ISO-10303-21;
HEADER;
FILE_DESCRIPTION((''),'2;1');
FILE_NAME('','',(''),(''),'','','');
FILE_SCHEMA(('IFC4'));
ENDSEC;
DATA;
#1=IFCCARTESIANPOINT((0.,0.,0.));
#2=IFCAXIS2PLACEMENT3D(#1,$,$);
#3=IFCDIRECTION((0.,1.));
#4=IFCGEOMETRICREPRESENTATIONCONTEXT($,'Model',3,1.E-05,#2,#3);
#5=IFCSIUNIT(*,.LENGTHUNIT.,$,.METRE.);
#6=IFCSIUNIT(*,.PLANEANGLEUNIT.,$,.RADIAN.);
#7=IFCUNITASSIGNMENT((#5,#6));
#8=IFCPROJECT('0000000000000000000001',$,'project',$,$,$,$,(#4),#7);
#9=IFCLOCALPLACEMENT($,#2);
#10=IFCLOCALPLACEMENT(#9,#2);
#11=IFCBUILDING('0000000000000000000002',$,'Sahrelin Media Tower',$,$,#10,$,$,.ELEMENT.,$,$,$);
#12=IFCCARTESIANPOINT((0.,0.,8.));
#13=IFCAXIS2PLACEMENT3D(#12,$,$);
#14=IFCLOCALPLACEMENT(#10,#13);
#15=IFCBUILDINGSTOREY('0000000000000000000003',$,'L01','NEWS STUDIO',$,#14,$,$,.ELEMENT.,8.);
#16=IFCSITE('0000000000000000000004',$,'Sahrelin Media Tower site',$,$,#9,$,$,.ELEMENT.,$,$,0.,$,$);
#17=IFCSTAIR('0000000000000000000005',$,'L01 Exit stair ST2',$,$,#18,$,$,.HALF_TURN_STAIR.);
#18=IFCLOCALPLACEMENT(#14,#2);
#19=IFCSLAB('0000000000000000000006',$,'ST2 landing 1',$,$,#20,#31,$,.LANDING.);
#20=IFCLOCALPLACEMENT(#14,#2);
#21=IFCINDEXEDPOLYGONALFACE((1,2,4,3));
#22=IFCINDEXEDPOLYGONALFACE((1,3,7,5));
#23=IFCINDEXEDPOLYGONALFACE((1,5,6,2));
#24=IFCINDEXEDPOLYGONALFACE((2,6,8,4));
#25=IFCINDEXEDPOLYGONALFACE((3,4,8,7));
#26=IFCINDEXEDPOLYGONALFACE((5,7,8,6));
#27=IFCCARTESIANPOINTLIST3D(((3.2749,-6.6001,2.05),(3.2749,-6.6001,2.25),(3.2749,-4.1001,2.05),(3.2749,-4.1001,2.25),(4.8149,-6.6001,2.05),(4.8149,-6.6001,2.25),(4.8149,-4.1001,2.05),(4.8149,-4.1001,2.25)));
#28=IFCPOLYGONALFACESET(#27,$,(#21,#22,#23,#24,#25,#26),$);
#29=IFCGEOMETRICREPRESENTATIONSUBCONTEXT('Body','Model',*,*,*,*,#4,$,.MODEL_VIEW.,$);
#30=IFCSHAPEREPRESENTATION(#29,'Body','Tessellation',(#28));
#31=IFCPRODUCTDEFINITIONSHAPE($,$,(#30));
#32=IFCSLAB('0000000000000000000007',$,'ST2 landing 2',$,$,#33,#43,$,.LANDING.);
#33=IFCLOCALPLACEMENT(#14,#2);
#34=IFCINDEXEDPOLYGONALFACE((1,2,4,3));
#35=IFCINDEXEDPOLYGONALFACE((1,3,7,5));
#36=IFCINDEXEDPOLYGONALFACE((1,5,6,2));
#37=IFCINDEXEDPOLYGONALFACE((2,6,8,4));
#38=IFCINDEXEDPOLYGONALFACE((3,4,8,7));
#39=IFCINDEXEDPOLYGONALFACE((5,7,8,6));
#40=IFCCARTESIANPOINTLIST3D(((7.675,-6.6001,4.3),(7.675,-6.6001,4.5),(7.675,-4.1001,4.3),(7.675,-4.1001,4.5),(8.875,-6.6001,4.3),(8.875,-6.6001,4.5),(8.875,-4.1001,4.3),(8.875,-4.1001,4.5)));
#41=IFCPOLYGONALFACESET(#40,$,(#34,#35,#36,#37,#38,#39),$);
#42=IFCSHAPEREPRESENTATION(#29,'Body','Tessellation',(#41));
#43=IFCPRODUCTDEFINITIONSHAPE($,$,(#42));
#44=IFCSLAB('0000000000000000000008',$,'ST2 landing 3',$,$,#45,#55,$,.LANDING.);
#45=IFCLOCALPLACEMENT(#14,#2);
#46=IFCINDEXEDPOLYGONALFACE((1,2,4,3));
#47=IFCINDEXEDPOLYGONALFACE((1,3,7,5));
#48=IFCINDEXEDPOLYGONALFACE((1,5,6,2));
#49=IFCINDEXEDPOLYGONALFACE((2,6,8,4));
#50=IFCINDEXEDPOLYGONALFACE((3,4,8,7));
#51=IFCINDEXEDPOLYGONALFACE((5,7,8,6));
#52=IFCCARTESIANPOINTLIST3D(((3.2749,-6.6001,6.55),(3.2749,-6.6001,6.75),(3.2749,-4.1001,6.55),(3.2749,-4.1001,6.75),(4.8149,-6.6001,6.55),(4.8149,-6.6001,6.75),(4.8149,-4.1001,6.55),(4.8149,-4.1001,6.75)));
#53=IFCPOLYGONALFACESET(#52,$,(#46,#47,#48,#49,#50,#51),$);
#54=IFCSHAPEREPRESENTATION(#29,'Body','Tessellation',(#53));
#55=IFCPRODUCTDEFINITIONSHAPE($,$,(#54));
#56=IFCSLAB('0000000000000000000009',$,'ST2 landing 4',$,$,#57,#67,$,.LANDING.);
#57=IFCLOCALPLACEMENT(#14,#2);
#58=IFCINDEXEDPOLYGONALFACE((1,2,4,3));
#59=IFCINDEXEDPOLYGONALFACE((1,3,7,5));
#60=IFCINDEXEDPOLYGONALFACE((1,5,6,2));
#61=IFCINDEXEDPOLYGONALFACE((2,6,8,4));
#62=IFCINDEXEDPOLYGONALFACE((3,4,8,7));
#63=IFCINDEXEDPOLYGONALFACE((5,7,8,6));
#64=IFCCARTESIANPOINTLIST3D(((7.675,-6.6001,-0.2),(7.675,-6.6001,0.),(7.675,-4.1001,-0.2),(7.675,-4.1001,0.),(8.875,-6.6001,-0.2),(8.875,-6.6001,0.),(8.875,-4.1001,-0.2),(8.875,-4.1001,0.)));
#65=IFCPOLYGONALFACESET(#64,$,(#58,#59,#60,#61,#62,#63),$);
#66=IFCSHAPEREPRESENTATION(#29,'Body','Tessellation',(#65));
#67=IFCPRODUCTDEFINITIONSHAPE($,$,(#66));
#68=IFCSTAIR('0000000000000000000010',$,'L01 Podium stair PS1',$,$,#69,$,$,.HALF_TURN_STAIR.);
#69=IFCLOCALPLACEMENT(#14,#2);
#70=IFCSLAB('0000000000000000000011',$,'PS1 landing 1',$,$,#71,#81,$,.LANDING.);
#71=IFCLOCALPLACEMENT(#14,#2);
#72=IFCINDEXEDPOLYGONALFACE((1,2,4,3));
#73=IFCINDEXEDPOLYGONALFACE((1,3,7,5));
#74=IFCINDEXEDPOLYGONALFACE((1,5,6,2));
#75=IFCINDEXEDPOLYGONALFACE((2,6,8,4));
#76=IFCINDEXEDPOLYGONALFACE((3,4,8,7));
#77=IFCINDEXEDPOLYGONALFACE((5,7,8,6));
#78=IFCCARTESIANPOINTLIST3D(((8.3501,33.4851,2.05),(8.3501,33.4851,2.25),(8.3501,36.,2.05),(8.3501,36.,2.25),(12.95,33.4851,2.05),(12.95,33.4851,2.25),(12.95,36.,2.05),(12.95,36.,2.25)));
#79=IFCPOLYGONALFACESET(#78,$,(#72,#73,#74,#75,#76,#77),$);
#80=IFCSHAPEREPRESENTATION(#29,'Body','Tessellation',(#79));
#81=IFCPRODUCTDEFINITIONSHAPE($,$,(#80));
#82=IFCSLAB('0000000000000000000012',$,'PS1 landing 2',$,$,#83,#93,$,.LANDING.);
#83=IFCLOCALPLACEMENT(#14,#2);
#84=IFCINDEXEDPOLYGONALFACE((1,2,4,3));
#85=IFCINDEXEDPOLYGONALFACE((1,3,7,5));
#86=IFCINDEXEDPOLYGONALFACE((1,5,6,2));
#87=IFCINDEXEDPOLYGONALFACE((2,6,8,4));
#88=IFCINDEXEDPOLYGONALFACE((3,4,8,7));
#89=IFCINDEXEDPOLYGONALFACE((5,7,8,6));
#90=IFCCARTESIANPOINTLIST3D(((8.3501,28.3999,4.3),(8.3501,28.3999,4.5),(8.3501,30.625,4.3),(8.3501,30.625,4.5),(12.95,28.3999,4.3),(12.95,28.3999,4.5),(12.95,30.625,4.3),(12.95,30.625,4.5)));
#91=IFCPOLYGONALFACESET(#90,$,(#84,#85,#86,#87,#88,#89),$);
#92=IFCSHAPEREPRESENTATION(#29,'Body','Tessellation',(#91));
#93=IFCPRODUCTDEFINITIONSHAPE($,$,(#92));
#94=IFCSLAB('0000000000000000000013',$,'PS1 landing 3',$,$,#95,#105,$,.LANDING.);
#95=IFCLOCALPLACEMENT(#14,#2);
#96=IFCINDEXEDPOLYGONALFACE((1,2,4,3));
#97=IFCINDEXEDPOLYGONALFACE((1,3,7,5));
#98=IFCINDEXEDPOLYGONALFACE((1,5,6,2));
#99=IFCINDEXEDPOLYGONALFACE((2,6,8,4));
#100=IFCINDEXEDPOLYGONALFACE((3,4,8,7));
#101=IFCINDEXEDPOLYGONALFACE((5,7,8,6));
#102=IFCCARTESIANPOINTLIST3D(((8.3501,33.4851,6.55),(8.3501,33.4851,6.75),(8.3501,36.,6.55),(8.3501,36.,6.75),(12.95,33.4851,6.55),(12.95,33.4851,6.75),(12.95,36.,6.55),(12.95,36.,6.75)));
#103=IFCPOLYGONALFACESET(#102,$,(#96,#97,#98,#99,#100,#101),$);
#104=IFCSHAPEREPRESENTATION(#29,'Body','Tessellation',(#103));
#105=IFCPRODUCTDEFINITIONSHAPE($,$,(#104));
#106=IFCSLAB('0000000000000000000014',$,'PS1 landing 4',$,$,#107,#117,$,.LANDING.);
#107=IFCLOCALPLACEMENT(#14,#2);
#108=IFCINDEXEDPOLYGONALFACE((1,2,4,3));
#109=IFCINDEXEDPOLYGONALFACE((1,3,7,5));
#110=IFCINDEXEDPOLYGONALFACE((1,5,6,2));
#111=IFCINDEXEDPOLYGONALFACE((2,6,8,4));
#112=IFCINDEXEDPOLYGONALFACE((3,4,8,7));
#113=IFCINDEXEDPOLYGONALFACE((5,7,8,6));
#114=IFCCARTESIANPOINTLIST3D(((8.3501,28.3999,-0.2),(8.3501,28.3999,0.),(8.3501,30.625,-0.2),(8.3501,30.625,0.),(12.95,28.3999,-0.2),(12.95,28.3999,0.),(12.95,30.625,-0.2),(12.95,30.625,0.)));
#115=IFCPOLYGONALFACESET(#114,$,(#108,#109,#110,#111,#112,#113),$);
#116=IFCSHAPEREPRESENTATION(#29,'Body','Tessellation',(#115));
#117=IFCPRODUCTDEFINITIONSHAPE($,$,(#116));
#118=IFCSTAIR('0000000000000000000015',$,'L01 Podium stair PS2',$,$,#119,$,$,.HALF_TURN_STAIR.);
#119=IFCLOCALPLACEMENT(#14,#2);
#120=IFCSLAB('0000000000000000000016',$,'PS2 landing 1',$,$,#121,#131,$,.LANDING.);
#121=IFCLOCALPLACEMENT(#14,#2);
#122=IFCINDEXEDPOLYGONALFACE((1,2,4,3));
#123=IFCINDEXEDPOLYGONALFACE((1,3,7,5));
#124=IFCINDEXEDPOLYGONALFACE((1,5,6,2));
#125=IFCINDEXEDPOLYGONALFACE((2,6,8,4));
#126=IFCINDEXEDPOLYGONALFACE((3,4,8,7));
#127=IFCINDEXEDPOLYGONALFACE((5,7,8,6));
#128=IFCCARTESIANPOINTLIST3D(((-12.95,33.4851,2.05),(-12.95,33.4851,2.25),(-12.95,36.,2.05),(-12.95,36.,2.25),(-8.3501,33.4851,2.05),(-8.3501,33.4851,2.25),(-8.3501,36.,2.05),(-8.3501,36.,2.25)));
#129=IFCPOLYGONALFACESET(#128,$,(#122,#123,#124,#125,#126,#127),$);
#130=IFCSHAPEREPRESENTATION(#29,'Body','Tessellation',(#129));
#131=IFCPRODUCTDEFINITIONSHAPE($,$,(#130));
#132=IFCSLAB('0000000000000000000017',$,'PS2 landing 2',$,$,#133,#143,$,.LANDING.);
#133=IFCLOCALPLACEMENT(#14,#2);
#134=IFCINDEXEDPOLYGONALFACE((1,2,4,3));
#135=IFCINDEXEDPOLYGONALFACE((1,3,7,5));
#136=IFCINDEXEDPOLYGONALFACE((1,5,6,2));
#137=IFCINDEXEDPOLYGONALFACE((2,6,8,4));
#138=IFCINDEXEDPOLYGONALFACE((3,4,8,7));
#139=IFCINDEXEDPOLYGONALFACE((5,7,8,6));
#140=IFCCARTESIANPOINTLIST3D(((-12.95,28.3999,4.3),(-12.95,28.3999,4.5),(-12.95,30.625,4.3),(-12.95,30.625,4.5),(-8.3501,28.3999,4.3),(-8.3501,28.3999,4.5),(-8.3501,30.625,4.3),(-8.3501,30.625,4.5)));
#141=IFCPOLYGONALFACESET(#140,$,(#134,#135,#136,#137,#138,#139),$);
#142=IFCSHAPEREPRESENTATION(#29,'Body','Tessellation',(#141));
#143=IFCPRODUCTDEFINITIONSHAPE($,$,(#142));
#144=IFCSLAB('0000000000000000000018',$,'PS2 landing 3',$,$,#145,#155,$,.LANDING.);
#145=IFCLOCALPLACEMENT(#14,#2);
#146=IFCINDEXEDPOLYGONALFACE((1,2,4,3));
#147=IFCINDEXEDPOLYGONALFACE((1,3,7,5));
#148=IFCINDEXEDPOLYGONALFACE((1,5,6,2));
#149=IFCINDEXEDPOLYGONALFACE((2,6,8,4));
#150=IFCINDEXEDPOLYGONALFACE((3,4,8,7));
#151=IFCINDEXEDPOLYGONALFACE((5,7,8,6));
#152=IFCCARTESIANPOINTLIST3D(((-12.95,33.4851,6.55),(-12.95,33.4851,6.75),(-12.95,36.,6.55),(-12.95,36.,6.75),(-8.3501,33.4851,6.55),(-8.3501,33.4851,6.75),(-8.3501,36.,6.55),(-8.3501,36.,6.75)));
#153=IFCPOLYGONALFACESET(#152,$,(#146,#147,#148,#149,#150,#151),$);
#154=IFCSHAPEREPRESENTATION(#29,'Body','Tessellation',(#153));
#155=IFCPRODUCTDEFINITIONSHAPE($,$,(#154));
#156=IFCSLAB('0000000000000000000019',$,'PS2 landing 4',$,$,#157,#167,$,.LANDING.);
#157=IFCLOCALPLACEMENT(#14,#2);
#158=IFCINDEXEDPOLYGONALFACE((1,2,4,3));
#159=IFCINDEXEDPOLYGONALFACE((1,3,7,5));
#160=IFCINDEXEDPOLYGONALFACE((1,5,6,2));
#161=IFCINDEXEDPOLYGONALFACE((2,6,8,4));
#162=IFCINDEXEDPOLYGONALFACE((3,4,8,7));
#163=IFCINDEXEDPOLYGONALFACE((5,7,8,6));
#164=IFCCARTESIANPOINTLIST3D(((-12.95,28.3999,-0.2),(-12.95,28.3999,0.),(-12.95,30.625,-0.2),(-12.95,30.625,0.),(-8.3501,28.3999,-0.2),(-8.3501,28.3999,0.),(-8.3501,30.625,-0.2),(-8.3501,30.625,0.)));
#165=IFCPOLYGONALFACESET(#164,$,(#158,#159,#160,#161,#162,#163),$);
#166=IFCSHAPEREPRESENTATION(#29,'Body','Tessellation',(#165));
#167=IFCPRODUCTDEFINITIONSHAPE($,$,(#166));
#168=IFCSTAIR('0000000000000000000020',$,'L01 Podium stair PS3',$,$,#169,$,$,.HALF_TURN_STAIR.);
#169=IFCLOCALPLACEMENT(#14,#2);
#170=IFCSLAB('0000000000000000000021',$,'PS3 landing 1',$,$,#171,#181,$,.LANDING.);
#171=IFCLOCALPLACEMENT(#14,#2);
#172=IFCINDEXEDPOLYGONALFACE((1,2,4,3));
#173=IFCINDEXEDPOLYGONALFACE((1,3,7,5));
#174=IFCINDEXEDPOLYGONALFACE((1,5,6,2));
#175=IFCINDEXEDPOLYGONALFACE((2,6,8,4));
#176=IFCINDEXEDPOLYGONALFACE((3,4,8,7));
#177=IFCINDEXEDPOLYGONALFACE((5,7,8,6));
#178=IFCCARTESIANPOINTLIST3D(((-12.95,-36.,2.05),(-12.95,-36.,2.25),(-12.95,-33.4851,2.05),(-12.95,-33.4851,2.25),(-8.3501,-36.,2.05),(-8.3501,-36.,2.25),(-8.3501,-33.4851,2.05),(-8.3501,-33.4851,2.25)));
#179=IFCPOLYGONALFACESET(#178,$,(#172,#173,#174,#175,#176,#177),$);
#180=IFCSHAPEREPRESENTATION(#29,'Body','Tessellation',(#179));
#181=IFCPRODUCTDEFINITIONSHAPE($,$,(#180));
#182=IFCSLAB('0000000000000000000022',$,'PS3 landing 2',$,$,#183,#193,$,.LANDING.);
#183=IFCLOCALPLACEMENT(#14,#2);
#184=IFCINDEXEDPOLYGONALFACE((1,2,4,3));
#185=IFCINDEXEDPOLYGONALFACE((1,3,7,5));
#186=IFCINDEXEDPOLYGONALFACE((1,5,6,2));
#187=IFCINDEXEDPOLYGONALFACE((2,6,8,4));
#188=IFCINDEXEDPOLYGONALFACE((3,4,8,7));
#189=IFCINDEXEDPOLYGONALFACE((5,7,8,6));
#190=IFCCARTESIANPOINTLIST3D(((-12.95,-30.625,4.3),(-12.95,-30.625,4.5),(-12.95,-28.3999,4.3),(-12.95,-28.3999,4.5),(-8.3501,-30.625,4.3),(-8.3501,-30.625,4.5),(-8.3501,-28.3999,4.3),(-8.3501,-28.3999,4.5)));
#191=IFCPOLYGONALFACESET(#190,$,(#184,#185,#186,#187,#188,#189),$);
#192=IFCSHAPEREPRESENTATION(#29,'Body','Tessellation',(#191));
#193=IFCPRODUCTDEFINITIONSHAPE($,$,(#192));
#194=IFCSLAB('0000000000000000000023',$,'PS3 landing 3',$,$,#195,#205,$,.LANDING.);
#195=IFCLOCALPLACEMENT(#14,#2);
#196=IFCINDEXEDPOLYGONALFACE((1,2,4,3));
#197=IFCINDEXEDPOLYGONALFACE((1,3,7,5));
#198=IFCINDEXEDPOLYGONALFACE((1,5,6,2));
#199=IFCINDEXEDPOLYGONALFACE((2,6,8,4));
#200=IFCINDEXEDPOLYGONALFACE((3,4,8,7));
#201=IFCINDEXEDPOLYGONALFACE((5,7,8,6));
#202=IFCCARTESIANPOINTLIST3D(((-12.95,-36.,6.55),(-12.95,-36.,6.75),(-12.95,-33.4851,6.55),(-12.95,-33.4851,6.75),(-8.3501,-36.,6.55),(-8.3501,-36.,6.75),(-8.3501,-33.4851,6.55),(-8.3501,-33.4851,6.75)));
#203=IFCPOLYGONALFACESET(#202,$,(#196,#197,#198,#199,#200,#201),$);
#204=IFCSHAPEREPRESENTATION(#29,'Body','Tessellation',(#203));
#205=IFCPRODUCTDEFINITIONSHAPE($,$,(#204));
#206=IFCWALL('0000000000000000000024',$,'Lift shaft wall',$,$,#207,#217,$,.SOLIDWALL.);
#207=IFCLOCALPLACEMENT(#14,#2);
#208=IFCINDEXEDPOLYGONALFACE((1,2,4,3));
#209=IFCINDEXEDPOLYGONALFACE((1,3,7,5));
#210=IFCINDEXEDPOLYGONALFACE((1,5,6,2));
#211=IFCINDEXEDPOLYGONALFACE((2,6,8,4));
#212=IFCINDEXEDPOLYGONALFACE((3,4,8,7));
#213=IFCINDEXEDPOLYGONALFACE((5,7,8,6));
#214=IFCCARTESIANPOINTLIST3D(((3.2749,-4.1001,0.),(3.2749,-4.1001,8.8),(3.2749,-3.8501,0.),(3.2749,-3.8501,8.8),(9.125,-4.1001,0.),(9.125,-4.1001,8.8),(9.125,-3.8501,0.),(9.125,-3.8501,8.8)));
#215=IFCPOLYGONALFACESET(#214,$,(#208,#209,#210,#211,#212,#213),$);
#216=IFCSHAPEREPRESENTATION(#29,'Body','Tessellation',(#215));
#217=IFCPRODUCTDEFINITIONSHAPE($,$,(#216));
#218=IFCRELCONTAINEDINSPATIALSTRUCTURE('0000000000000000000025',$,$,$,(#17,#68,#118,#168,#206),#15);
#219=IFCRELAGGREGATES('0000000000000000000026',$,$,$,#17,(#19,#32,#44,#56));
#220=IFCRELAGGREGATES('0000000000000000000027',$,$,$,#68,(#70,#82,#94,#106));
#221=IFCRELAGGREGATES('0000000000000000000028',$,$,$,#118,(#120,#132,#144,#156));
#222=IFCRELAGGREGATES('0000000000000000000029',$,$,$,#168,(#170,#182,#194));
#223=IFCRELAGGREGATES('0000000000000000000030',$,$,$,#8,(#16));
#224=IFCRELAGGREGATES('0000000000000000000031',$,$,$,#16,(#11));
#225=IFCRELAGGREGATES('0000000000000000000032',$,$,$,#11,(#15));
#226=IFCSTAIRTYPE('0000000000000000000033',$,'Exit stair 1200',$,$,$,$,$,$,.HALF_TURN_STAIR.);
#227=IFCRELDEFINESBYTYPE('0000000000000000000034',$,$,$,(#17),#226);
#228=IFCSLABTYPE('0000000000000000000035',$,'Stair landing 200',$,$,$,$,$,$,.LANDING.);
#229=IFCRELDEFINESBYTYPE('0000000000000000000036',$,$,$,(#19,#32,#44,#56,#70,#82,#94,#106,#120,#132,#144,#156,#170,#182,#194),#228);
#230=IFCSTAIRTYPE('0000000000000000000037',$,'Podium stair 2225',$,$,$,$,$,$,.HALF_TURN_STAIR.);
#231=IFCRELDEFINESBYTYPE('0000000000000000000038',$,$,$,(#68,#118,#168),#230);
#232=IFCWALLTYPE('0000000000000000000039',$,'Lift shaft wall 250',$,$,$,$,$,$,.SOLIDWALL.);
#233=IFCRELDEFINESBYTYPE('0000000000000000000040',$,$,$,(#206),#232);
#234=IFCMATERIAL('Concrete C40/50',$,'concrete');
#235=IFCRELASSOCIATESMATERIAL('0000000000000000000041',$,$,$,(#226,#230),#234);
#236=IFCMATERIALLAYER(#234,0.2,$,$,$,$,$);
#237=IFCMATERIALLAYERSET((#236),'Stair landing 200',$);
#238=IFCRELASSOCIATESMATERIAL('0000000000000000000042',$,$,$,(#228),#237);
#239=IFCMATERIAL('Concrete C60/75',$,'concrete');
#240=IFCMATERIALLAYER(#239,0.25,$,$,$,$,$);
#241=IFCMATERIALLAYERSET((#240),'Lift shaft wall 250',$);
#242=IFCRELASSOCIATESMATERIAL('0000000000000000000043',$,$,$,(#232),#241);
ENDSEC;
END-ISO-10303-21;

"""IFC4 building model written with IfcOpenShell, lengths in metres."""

from ifc_helpers import new_model, si_unit, direction, frame, frame_2d, origin, place, context, subcontext, project, spatial, polyline, rectangle, outline, extrude, material, layer, layer_set, type_object, element, aggregate, save


model = new_model("IFC4")

# Units and contexts
model_context = context("Model", 3, precision=1e-05, world=origin(), true_north=direction((0.0, 1.0)))
body_context = subcontext(model_context, "Body", "Model", "MODEL_VIEW")
ifc_project = project(units=[si_unit("LENGTHUNIT", "METRE"), si_unit("PLANEANGLEUNIT", "RADIAN")], contexts=[model_context])

# Site, building, storey
site_placement = place(None, origin())
site = spatial("IfcSite", under=ifc_project, at=site_placement, Name="Sahrelin Media Tower site", CompositionType="ELEMENT", RefElevation=0.0)
building_placement = place(site_placement, origin())
building = spatial("IfcBuilding", under=site, at=building_placement, Name="Sahrelin Media Tower", CompositionType="ELEMENT")
storey_placement = place(building_placement, frame((0.0, 0.0, 8.0)))
storey = spatial("IfcBuildingStorey", under=building, at=storey_placement, Name="L01", Description="NEWS STUDIO", CompositionType="ELEMENT", Elevation=8.0)

# Stairs, slabs
ifc_material_1 = material(Name="Concrete C40/50", Category="concrete")
stair_type_1 = type_object("IfcStairType", Name="Exit stair 1200", PredefinedType="HALF_TURN_STAIR", material=ifc_material_1)
placement_1 = place(storey_placement, origin())
stair_1 = element("IfcStair", 1, at=placement_1, inside=storey, type_object=stair_type_1, Name="L01 Exit stair ST2", PredefinedType="HALF_TURN_STAIR")
ifc_layer_1 = layer(ifc_material_1, 0.2)
ifc_layer_set_1 = layer_set([ifc_layer_1], Name="Stair landing 200")
slab_type = type_object("IfcSlabType", Name="Stair landing 200", PredefinedType="LANDING", material=ifc_layer_set_1)
placement_2 = place(storey_placement, frame((0.0, 0.0, 2.05)))
slab_1 = element("IfcSlab", 2, at=placement_2, type_object=slab_type, Name="ST2 landing 1", PredefinedType="LANDING", context=body_context, shape_type="SweptSolid", body=[
    extrude(outline(polyline([(4.8149, -4.1001), (3.2749, -4.1001), (3.2749, -6.6001), (4.8149, -6.6001), (4.8149, -4.1001)])), origin(), (0.0, 0.0, 1.0), 0.2),
])
placement_3 = place(storey_placement, frame((0.0, 0.0, 4.3)))
slab_2 = element("IfcSlab", 3, at=placement_3, type_object=slab_type, Name="ST2 landing 2", PredefinedType="LANDING", context=body_context, shape_type="SweptSolid", body=[
    extrude(outline(polyline([(8.875, -4.1001), (7.675, -4.1001), (7.675, -6.6001), (8.875, -6.6001), (8.875, -4.1001)])), origin(), (0.0, 0.0, 1.0), 0.2),
])
placement_4 = place(storey_placement, frame((0.0, 0.0, 6.55)))
slab_3 = element("IfcSlab", 4, at=placement_4, type_object=slab_type, Name="ST2 landing 3", PredefinedType="LANDING", context=body_context, shape_type="SweptSolid", body=[
    extrude(outline(polyline([(4.8149, -4.1001), (3.2749, -4.1001), (3.2749, -6.6001), (4.8149, -6.6001), (4.8149, -4.1001)])), origin(), (0.0, 0.0, 1.0), 0.2),
])
placement_5 = place(storey_placement, frame((0.0, 0.0, -0.2)))
slab_4 = element("IfcSlab", 5, at=placement_5, type_object=slab_type, Name="ST2 landing 4", PredefinedType="LANDING", context=body_context, shape_type="SweptSolid", body=[
    extrude(outline(polyline([(8.875, -4.1001), (7.675, -4.1001), (7.675, -6.6001), (8.875, -6.6001), (8.875, -4.1001)])), origin(), (0.0, 0.0, 1.0), 0.2),
])
aggregate(stair_1, [slab_1, slab_2, slab_3, slab_4])
stair_type_2 = type_object("IfcStairType", Name="Podium stair 2225", PredefinedType="HALF_TURN_STAIR", material=ifc_material_1)
stair_2 = element("IfcStair", 6, at=placement_1, inside=storey, type_object=stair_type_2, Name="L01 Podium stair PS1", PredefinedType="HALF_TURN_STAIR")
slab_5 = element("IfcSlab", 7, at=placement_2, type_object=slab_type, Name="PS1 landing 1", PredefinedType="LANDING", context=body_context, shape_type="SweptSolid", body=[
    extrude(outline(polyline([(12.95, 33.4851), (12.95, 36.0), (8.3501, 36.0), (8.3501, 33.4851), (12.95, 33.4851)])), origin(), (0.0, 0.0, 1.0), 0.2),
])
slab_6 = element("IfcSlab", 8, at=placement_3, type_object=slab_type, Name="PS1 landing 2", PredefinedType="LANDING", context=body_context, shape_type="SweptSolid", body=[
    extrude(outline(polyline([(12.95, 28.3999), (12.95, 30.625), (8.3501, 30.625), (8.3501, 28.3999), (12.95, 28.3999)])), origin(), (0.0, 0.0, 1.0), 0.2),
])
slab_7 = element("IfcSlab", 9, at=placement_4, type_object=slab_type, Name="PS1 landing 3", PredefinedType="LANDING", context=body_context, shape_type="SweptSolid", body=[
    extrude(outline(polyline([(12.95, 33.4851), (12.95, 36.0), (8.3501, 36.0), (8.3501, 33.4851), (12.95, 33.4851)])), origin(), (0.0, 0.0, 1.0), 0.2),
])
slab_8 = element("IfcSlab", 10, at=placement_5, type_object=slab_type, Name="PS1 landing 4", PredefinedType="LANDING", context=body_context, shape_type="SweptSolid", body=[
    extrude(outline(polyline([(12.95, 28.3999), (12.95, 30.625), (8.3501, 30.625), (8.3501, 28.3999), (12.95, 28.3999)])), origin(), (0.0, 0.0, 1.0), 0.2),
])
aggregate(stair_2, [slab_5, slab_6, slab_7, slab_8])
stair_3 = element("IfcStair", 11, at=placement_1, inside=storey, type_object=stair_type_2, Name="L01 Podium stair PS2", PredefinedType="HALF_TURN_STAIR")
slab_9 = element("IfcSlab", 12, at=placement_2, type_object=slab_type, Name="PS2 landing 1", PredefinedType="LANDING", context=body_context, shape_type="SweptSolid", body=[
    extrude(outline(polyline([(-8.3501, 33.4851), (-8.3501, 36.0), (-12.95, 36.0), (-12.95, 33.4851), (-8.3501, 33.4851)])), origin(), (0.0, 0.0, 1.0), 0.2),
])
slab_10 = element("IfcSlab", 13, at=placement_3, type_object=slab_type, Name="PS2 landing 2", PredefinedType="LANDING", context=body_context, shape_type="SweptSolid", body=[
    extrude(outline(polyline([(-8.3501, 28.3999), (-8.3501, 30.625), (-12.95, 30.625), (-12.95, 28.3999), (-8.3501, 28.3999)])), origin(), (0.0, 0.0, 1.0), 0.2),
])
slab_11 = element("IfcSlab", 14, at=placement_4, type_object=slab_type, Name="PS2 landing 3", PredefinedType="LANDING", context=body_context, shape_type="SweptSolid", body=[
    extrude(outline(polyline([(-8.3501, 33.4851), (-8.3501, 36.0), (-12.95, 36.0), (-12.95, 33.4851), (-8.3501, 33.4851)])), origin(), (0.0, 0.0, 1.0), 0.2),
])
slab_12 = element("IfcSlab", 15, at=placement_5, type_object=slab_type, Name="PS2 landing 4", PredefinedType="LANDING", context=body_context, shape_type="SweptSolid", body=[
    extrude(outline(polyline([(-8.3501, 28.3999), (-8.3501, 30.625), (-12.95, 30.625), (-12.95, 28.3999), (-8.3501, 28.3999)])), origin(), (0.0, 0.0, 1.0), 0.2),
])
aggregate(stair_3, [slab_9, slab_10, slab_11, slab_12])
stair_4 = element("IfcStair", 16, at=placement_1, inside=storey, type_object=stair_type_2, Name="L01 Podium stair PS3", PredefinedType="HALF_TURN_STAIR")
slab_13 = element("IfcSlab", 17, at=placement_2, type_object=slab_type, Name="PS3 landing 1", PredefinedType="LANDING", context=body_context, shape_type="SweptSolid", body=[
    extrude(outline(polyline([(-12.95, -33.4851), (-12.95, -36.0), (-8.3501, -36.0), (-8.3501, -33.4851), (-12.95, -33.4851)])), origin(), (0.0, 0.0, 1.0), 0.2),
])
slab_14 = element("IfcSlab", 18, at=placement_3, type_object=slab_type, Name="PS3 landing 2", PredefinedType="LANDING", context=body_context, shape_type="SweptSolid", body=[
    extrude(outline(polyline([(-12.95, -28.3999), (-12.95, -30.625), (-8.3501, -30.625), (-8.3501, -28.3999), (-12.95, -28.3999)])), origin(), (0.0, 0.0, 1.0), 0.2),
])
slab_15 = element("IfcSlab", 19, at=placement_4, type_object=slab_type, Name="PS3 landing 3", PredefinedType="LANDING", context=body_context, shape_type="SweptSolid", body=[
    extrude(outline(polyline([(-12.95, -33.4851), (-12.95, -36.0), (-8.3501, -36.0), (-8.3501, -33.4851), (-12.95, -33.4851)])), origin(), (0.0, 0.0, 1.0), 0.2),
])
aggregate(stair_4, [slab_13, slab_14, slab_15])

# Wall
ifc_material_2 = material(Name="Concrete C60/75", Category="concrete")
ifc_layer_2 = layer(ifc_material_2, 0.25)
ifc_layer_set_2 = layer_set([ifc_layer_2], Name="Lift shaft wall 250")
wall_type_1 = type_object("IfcWallType", Name="Lift shaft wall 250", PredefinedType="SOLIDWALL", material=ifc_layer_set_2)
wall_1_placement = place(storey_placement, frame((3.2749, -3.9751, 0.0), z_axis=(0.0, 0.0, 1.0), x_axis=(1.0, 0.0, 0.0)))
element("IfcWall", 20, at=wall_1_placement, inside=storey, type_object=wall_type_1, Name="Lift shaft wall", PredefinedType="SOLIDWALL", context=body_context, shape_type="SweptSolid", body=[
    extrude(rectangle(XDim=5.8501, YDim=0.25, at=frame_2d((2.925, 0.0))), origin(), (0.0, 0.0, 1.0), 8.8),
])

save(model, "model.ifc")
